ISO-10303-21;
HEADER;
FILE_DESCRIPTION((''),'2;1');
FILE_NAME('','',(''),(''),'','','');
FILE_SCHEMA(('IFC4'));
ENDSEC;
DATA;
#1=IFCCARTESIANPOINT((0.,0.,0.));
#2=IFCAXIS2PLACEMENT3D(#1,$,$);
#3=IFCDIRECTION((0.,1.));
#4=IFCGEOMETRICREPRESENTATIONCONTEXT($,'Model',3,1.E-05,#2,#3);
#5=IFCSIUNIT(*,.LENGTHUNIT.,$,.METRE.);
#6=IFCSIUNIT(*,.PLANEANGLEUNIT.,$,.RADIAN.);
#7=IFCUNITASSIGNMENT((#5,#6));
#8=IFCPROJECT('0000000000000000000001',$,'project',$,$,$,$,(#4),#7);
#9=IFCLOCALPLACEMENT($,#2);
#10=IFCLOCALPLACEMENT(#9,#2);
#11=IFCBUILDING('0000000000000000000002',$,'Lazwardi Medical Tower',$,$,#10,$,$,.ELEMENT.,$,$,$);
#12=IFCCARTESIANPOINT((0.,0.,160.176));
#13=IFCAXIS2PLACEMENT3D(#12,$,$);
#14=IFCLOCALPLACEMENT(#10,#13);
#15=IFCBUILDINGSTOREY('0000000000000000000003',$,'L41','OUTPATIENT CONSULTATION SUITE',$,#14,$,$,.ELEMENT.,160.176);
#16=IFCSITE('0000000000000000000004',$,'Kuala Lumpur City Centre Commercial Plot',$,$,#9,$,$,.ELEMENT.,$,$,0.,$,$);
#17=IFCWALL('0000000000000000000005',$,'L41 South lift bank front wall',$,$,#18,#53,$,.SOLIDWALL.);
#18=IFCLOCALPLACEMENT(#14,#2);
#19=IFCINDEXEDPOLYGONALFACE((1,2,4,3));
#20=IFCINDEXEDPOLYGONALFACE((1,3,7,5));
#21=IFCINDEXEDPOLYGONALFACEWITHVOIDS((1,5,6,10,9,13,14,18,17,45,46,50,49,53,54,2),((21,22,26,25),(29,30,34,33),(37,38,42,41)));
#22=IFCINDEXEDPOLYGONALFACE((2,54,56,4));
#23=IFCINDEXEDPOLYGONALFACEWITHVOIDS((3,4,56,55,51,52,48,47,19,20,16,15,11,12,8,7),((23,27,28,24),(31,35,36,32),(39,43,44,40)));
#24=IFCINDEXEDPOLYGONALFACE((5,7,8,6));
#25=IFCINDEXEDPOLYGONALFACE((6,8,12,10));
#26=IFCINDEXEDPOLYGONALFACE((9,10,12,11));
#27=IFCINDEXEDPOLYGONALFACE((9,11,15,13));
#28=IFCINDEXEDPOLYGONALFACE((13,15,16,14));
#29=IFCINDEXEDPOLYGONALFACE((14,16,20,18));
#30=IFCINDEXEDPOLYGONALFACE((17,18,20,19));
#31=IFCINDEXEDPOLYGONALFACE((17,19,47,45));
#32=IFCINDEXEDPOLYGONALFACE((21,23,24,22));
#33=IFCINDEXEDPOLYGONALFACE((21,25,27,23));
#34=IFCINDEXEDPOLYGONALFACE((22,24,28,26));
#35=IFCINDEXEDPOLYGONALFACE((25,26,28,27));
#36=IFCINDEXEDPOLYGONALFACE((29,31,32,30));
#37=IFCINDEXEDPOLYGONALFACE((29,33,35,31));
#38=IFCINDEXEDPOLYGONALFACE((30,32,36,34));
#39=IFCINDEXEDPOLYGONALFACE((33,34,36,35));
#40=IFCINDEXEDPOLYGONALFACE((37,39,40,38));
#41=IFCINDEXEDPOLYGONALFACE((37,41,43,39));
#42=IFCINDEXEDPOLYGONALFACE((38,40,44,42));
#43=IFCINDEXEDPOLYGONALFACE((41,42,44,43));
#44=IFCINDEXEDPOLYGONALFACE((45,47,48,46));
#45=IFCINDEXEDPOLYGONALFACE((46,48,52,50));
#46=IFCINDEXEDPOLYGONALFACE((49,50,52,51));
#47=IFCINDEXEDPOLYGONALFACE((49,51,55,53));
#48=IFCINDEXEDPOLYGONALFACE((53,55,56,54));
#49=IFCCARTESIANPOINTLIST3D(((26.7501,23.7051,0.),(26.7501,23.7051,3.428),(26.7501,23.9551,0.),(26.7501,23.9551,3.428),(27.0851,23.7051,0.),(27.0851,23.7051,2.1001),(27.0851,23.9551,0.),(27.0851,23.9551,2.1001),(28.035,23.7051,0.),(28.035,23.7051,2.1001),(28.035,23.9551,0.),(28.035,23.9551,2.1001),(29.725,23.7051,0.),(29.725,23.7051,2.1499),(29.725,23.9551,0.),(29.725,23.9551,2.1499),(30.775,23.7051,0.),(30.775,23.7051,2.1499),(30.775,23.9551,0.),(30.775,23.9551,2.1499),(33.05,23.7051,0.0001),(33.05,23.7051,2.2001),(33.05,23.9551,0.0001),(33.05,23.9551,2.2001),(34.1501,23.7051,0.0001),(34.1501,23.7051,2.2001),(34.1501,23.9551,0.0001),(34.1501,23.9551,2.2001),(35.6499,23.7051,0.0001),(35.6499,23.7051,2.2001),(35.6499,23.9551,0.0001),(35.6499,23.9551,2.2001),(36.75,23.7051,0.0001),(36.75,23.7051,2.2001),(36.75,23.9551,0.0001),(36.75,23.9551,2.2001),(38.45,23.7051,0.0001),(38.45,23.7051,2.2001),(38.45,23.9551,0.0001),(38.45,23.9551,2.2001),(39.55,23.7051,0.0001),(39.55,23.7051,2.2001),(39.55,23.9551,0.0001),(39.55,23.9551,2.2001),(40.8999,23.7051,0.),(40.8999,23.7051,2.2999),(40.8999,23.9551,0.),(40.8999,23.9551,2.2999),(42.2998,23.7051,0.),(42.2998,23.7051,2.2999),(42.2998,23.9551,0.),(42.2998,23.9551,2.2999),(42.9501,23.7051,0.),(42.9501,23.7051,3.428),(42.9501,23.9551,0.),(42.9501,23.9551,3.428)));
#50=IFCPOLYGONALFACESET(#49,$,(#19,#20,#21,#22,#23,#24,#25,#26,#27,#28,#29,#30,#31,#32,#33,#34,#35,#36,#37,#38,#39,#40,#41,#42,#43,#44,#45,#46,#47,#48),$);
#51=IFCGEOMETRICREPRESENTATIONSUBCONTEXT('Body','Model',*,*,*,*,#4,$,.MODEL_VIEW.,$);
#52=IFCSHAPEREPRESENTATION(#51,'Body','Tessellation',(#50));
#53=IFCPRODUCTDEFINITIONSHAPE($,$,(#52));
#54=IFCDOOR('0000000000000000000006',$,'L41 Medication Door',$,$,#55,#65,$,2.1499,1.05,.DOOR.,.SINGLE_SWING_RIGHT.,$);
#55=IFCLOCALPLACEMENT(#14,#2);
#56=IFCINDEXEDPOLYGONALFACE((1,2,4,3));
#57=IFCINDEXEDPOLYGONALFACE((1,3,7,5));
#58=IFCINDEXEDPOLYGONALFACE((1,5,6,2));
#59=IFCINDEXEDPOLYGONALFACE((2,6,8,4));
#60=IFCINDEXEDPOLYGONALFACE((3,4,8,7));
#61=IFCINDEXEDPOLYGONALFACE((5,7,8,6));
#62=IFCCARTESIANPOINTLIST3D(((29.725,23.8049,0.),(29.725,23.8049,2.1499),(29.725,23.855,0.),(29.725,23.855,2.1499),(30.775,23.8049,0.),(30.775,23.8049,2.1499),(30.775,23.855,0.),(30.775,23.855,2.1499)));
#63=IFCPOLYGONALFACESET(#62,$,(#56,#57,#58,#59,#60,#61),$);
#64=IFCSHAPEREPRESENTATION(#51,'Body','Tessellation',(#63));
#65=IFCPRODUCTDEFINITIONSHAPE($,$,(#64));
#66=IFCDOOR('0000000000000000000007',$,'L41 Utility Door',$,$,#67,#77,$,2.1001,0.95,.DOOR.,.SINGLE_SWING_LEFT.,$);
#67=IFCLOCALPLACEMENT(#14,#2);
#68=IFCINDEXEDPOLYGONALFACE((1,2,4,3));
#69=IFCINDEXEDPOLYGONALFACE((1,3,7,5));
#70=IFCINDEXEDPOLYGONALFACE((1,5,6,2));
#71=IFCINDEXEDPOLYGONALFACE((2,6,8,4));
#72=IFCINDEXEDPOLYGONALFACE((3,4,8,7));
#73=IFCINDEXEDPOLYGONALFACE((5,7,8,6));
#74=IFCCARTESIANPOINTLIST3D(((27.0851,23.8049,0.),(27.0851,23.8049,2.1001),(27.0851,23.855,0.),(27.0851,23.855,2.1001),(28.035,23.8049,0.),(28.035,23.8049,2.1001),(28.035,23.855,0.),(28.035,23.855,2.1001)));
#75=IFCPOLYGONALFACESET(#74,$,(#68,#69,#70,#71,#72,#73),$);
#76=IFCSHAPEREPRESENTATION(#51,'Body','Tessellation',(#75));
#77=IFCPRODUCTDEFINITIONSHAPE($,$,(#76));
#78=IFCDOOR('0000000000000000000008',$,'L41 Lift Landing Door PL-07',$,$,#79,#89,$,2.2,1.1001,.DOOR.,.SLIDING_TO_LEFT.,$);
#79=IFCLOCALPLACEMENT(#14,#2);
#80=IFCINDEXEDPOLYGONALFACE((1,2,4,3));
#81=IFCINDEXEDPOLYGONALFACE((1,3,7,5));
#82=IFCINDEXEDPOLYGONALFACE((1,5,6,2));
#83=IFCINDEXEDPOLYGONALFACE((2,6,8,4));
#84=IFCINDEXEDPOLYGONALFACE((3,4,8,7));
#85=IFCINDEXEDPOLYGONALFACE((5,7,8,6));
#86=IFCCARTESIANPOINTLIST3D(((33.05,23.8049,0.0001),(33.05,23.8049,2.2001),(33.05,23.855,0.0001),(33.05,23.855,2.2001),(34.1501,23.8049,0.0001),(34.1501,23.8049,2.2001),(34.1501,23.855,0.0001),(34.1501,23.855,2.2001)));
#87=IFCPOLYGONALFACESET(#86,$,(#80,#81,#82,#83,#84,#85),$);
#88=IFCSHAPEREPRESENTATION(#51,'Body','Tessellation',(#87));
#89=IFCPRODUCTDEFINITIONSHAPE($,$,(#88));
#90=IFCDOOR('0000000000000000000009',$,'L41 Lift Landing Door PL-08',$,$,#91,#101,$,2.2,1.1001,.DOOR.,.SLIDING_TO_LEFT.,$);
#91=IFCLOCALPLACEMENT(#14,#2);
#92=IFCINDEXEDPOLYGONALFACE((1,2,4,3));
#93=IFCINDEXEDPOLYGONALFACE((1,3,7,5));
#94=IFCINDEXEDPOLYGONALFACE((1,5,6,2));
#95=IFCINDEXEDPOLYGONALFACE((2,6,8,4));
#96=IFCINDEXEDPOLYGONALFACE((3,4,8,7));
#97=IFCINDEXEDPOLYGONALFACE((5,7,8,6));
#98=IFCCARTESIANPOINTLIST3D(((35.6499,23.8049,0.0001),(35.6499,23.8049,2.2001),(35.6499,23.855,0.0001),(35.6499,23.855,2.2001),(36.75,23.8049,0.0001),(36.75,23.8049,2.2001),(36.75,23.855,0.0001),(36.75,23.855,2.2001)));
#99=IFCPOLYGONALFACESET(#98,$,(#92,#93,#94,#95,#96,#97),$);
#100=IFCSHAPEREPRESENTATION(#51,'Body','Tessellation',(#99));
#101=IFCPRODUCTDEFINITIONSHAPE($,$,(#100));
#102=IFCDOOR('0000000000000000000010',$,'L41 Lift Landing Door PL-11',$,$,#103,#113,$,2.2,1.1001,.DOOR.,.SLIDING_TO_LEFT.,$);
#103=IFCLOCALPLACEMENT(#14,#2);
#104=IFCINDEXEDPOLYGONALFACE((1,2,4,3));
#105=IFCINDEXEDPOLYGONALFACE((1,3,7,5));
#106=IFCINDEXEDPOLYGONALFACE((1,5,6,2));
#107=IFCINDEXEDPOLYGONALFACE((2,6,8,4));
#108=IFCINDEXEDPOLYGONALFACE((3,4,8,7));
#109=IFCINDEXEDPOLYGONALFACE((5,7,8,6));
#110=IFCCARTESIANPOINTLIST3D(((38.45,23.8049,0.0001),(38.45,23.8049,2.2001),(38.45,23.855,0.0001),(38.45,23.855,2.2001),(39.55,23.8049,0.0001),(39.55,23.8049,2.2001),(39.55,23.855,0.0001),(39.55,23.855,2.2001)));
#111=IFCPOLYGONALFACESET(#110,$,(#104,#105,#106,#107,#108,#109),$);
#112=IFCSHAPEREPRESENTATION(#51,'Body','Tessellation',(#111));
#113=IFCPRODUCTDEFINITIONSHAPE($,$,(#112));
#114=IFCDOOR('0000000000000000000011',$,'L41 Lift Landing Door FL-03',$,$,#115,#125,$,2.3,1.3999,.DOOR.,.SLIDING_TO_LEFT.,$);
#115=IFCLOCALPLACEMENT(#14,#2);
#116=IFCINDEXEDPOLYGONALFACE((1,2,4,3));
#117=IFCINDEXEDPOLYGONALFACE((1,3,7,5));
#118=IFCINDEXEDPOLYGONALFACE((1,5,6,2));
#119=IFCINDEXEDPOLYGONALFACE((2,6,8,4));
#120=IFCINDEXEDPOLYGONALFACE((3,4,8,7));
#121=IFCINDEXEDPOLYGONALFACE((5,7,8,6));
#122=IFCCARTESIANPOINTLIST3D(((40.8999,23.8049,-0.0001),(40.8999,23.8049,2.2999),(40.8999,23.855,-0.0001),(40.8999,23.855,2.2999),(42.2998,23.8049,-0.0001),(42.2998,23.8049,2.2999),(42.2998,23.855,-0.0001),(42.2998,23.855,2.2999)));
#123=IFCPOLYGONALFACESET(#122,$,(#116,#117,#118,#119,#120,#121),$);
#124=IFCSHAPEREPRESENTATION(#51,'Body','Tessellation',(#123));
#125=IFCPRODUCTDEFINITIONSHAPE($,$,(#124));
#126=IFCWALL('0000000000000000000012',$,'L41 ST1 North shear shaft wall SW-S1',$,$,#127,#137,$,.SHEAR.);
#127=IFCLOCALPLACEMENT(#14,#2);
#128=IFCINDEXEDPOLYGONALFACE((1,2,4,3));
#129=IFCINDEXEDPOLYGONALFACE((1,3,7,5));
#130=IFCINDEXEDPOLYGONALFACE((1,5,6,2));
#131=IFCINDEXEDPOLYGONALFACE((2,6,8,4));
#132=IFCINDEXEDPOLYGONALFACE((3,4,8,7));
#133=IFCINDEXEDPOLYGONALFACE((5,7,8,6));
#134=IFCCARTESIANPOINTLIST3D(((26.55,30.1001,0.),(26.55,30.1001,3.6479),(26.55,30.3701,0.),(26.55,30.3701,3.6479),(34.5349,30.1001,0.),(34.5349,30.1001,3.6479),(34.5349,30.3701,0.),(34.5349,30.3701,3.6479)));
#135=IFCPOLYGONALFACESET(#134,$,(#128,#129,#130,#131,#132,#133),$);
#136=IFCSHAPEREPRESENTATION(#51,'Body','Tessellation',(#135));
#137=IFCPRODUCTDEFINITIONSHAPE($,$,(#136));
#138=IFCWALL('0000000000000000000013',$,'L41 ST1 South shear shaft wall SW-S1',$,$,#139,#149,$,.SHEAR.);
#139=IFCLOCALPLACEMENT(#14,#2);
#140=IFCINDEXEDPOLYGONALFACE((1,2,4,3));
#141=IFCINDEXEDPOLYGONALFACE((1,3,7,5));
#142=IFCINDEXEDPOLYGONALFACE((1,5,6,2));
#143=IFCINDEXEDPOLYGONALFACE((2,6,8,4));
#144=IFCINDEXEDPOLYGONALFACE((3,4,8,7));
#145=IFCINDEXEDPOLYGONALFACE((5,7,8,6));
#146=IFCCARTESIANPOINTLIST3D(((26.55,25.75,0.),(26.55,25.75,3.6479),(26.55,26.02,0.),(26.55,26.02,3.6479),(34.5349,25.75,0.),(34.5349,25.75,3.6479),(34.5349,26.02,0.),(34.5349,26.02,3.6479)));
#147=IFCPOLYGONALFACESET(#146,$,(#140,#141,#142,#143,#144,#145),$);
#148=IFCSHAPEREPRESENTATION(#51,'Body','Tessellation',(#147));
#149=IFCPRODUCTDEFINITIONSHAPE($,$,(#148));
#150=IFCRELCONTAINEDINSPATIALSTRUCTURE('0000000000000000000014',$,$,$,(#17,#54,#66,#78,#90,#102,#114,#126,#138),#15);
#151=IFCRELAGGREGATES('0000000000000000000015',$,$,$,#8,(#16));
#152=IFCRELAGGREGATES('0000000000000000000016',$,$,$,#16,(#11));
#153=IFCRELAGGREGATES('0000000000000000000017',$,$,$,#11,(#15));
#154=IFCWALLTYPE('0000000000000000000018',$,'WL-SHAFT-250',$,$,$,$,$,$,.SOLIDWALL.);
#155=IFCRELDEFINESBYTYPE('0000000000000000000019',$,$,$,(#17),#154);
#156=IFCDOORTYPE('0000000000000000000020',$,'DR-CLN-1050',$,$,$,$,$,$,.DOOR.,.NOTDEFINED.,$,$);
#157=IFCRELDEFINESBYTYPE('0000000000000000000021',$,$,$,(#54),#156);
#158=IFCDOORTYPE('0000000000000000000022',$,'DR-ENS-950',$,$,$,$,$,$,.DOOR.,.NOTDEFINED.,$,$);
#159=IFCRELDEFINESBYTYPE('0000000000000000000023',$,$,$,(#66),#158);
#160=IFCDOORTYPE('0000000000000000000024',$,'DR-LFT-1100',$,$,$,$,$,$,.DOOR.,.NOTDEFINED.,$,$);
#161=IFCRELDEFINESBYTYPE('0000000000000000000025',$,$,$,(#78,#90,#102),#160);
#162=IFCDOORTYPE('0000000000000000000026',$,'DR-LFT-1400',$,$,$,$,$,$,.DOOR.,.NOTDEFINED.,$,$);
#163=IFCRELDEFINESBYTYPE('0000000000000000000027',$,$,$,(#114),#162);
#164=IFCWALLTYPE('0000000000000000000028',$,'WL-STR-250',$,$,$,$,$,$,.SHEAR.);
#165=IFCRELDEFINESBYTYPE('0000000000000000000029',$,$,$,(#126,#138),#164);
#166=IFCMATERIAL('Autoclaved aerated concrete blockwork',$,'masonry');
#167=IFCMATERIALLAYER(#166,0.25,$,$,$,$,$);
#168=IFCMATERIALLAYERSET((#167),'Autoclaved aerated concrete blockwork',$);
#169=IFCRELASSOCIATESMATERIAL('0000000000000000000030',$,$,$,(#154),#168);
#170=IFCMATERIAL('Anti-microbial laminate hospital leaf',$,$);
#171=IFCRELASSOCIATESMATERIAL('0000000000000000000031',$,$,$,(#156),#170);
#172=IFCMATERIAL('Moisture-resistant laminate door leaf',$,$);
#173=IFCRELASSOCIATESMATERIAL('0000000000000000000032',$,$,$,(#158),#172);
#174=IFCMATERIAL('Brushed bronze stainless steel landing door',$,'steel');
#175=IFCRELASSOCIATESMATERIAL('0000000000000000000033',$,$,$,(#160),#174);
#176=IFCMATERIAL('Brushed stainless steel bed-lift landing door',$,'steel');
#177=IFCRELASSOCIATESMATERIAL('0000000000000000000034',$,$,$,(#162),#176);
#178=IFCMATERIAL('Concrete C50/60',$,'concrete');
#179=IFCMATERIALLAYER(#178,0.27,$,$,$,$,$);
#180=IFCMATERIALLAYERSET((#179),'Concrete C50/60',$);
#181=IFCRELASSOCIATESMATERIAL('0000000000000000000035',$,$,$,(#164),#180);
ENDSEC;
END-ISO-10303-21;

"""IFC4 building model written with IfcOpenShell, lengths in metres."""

from ifc_helpers import new_model, si_unit, direction, frame, frame_2d, origin, place, context, subcontext, project, spatial, rectangle, extrude, material, layer, layer_set, type_object, element, fill, save


model = new_model("IFC4")

# Units and contexts
model_context = context("Model", 3, precision=1e-05, world=origin(), true_north=direction((0.0, 1.0)))
body_context = subcontext(model_context, "Body", "Model", "MODEL_VIEW")
ifc_project = project(units=[si_unit("LENGTHUNIT", "METRE"), si_unit("PLANEANGLEUNIT", "RADIAN")], contexts=[model_context])

# Site, building, storey
site_placement = place(None, origin())
site = spatial("IfcSite", under=ifc_project, at=site_placement, Name="Kuala Lumpur City Centre Commercial Plot", CompositionType="ELEMENT", RefElevation=0.0)
building_placement = place(site_placement, origin())
building = spatial("IfcBuilding", under=site, at=building_placement, Name="Lazwardi Medical Tower", CompositionType="ELEMENT")
storey_placement = place(building_placement, frame((0.0, 0.0, 160.176)))
storey = spatial("IfcBuildingStorey", under=building, at=storey_placement, Name="L41", Description="OUTPATIENT CONSULTATION SUITE", CompositionType="ELEMENT", Elevation=160.176)

# Wall, openings, doors
ifc_material_1 = material(Name="Autoclaved aerated concrete blockwork", Category="masonry")
ifc_layer_1 = layer(ifc_material_1, 0.25)
ifc_layer_set_1 = layer_set([ifc_layer_1], Name="Autoclaved aerated concrete blockwork")
wall_type_1 = type_object("IfcWallType", Name="WL-SHAFT-250", PredefinedType="SOLIDWALL", material=ifc_layer_set_1)
wall_placement = place(storey_placement, frame((26.75, 23.8301, 0.0), z_axis=(0.0, 0.0, 1.0), x_axis=(1.0, 0.0, 0.0)))
wall = element("IfcWall", 1, at=wall_placement, inside=storey, type_object=wall_type_1, Name="L41 South lift bank front wall", PredefinedType="SOLIDWALL", context=body_context, shape_type="SweptSolid", body=[
    extrude(rectangle(XDim=16.2, YDim=0.25, at=frame_2d((8.1001, 0.0))), origin(), (0.0, 0.0, 1.0), 3.428),
])
opening_1_placement = place(wall_placement, frame((0.335, 0.0, 0.0)))
opening_1 = element("IfcOpeningElement", 2, at=opening_1_placement, cuts=wall, PredefinedType="OPENING", context=body_context, shape_type="SweptSolid", body=[
    extrude(rectangle(XDim=0.95, YDim=2.1001, at=frame_2d((0.4751, 1.05))), frame((0.0, 0.135, 0.0), z_axis=(0.0, -1.0, 0.0), x_axis=(1.0, 0.0, 0.0)), (0.0, 0.0, 1.0), 0.27),
])
opening_2_placement = place(wall_placement, frame((2.9751, 0.0, 0.0)))
opening_2 = element("IfcOpeningElement", 3, at=opening_2_placement, cuts=wall, PredefinedType="OPENING", context=body_context, shape_type="SweptSolid", body=[
    extrude(rectangle(XDim=1.05, YDim=2.1499, at=frame_2d((0.5249, 1.075))), frame((0.0, 0.135, 0.0), z_axis=(0.0, -1.0, 0.0), x_axis=(1.0, 0.0, 0.0)), (0.0, 0.0, 1.0), 0.27),
])
opening_3_placement = place(wall_placement, frame((6.3, 0.0, 0.0)))
opening_3 = element("IfcOpeningElement", 4, at=opening_3_placement, cuts=wall, PredefinedType="OPENING", context=body_context, shape_type="SweptSolid", body=[
    extrude(rectangle(XDim=1.1001, YDim=2.2, at=frame_2d((0.55, 1.1001))), frame((0.0, 0.135, 0.0), z_axis=(0.0, -1.0, 0.0), x_axis=(1.0, 0.0, 0.0)), (0.0, 0.0, 1.0), 0.27),
])
opening_4_placement = place(wall_placement, frame((8.8999, 0.0, 0.0)))
opening_4 = element("IfcOpeningElement", 5, at=opening_4_placement, cuts=wall, PredefinedType="OPENING", context=body_context, shape_type="SweptSolid", body=[
    extrude(rectangle(XDim=1.1001, YDim=2.2, at=frame_2d((0.55, 1.1001))), frame((0.0, 0.135, 0.0), z_axis=(0.0, -1.0, 0.0), x_axis=(1.0, 0.0, 0.0)), (0.0, 0.0, 1.0), 0.27),
])
opening_5_placement = place(wall_placement, frame((11.7, 0.0, 0.0)))
opening_5 = element("IfcOpeningElement", 6, at=opening_5_placement, cuts=wall, PredefinedType="OPENING", context=body_context, shape_type="SweptSolid", body=[
    extrude(rectangle(XDim=1.1001, YDim=2.2, at=frame_2d((0.55, 1.1001))), frame((0.0, 0.135, 0.0), z_axis=(0.0, -1.0, 0.0), x_axis=(1.0, 0.0, 0.0)), (0.0, 0.0, 1.0), 0.27),
])
opening_6_placement = place(wall_placement, frame((14.1499, 0.0, 0.0)))
opening_6 = element("IfcOpeningElement", 7, at=opening_6_placement, cuts=wall, PredefinedType="OPENING", context=body_context, shape_type="SweptSolid", body=[
    extrude(rectangle(XDim=1.3999, YDim=2.3, at=frame_2d((0.7, 1.1499))), frame((0.0, 0.135, 0.0), z_axis=(0.0, -1.0, 0.0), x_axis=(1.0, 0.0, 0.0)), (0.0, 0.0, 1.0), 0.27),
])
ifc_material_2 = material(Name="Anti-microbial laminate hospital leaf")
door_type_1 = type_object("IfcDoorType", Name="DR-CLN-1050", OperationType="NOTDEFINED", PredefinedType="DOOR", material=ifc_material_2)
door_1_placement = place(opening_2_placement, origin())
door_1 = element("IfcDoor", 8, at=door_1_placement, inside=storey, type_object=door_type_1, Name="L41 Medication Door", OperationType="SINGLE_SWING_RIGHT", OverallHeight=2.1499, OverallWidth=1.05, PredefinedType="DOOR", context=body_context, shape_type="SweptSolid", body=[
    extrude(rectangle(XDim=1.05, YDim=2.1499, at=frame_2d((0.5249, 1.075))), frame((0.0, 0.0249, 0.0), z_axis=(0.0, -1.0, 0.0), x_axis=(1.0, 0.0, 0.0)), (0.0, 0.0, 1.0), 0.05),
])
fill(opening_2, door_1)
ifc_material_3 = material(Name="Moisture-resistant laminate door leaf")
door_type_2 = type_object("IfcDoorType", Name="DR-ENS-950", OperationType="NOTDEFINED", PredefinedType="DOOR", material=ifc_material_3)
door_2_placement = place(opening_1_placement, origin())
door_2 = element("IfcDoor", 9, at=door_2_placement, inside=storey, type_object=door_type_2, Name="L41 Utility Door", OperationType="SINGLE_SWING_LEFT", OverallHeight=2.1001, OverallWidth=0.95, PredefinedType="DOOR", context=body_context, shape_type="SweptSolid", body=[
    extrude(rectangle(XDim=0.95, YDim=2.1001, at=frame_2d((0.4751, 1.05))), frame((0.0, 0.0249, 0.0), z_axis=(0.0, -1.0, 0.0), x_axis=(1.0, 0.0, 0.0)), (0.0, 0.0, 1.0), 0.05),
])
fill(opening_1, door_2)
ifc_material_4 = material(Name="Brushed bronze stainless steel landing door", Category="steel")
door_type_3 = type_object("IfcDoorType", Name="DR-LFT-1100", OperationType="NOTDEFINED", PredefinedType="DOOR", material=ifc_material_4)
door_3_placement = place(opening_3_placement, origin())
door_3 = element("IfcDoor", 10, at=door_3_placement, inside=storey, type_object=door_type_3, Name="L41 Lift Landing Door PL-07", OperationType="SLIDING_TO_LEFT", OverallHeight=2.2, OverallWidth=1.1001, PredefinedType="DOOR", context=body_context, shape_type="SweptSolid", body=[
    extrude(rectangle(XDim=1.1001, YDim=2.2, at=frame_2d((0.55, 1.1001))), frame((0.0, 0.0249, 0.0), z_axis=(0.0, -1.0, 0.0), x_axis=(1.0, 0.0, 0.0)), (0.0, 0.0, 1.0), 0.05),
])
fill(opening_3, door_3)
door_4_placement = place(opening_4_placement, origin())
door_4 = element("IfcDoor", 11, at=door_4_placement, inside=storey, type_object=door_type_3, Name="L41 Lift Landing Door PL-08", OperationType="SLIDING_TO_LEFT", OverallHeight=2.2, OverallWidth=1.1001, PredefinedType="DOOR", context=body_context, shape_type="SweptSolid", body=[
    extrude(rectangle(XDim=1.1001, YDim=2.2, at=frame_2d((0.55, 1.1001))), frame((0.0, 0.0249, 0.0), z_axis=(0.0, -1.0, 0.0), x_axis=(1.0, 0.0, 0.0)), (0.0, 0.0, 1.0), 0.05),
])
fill(opening_4, door_4)
door_5_placement = place(opening_5_placement, origin())
door_5 = element("IfcDoor", 12, at=door_5_placement, inside=storey, type_object=door_type_3, Name="L41 Lift Landing Door PL-11", OperationType="SLIDING_TO_LEFT", OverallHeight=2.2, OverallWidth=1.1001, PredefinedType="DOOR", context=body_context, shape_type="SweptSolid", body=[
    extrude(rectangle(XDim=1.1001, YDim=2.2, at=frame_2d((0.55, 1.1001))), frame((0.0, 0.0249, 0.0), z_axis=(0.0, -1.0, 0.0), x_axis=(1.0, 0.0, 0.0)), (0.0, 0.0, 1.0), 0.05),
])
fill(opening_5, door_5)
ifc_material_5 = material(Name="Brushed stainless steel bed-lift landing door", Category="steel")
door_type_4 = type_object("IfcDoorType", Name="DR-LFT-1400", OperationType="NOTDEFINED", PredefinedType="DOOR", material=ifc_material_5)
door_6_placement = place(opening_6_placement, origin())
door_6 = element("IfcDoor", 13, at=door_6_placement, inside=storey, type_object=door_type_4, Name="L41 Lift Landing Door FL-03", OperationType="SLIDING_TO_LEFT", OverallHeight=2.3, OverallWidth=1.3999, PredefinedType="DOOR", context=body_context, shape_type="SweptSolid", body=[
    extrude(rectangle(XDim=1.3999, YDim=2.3, at=frame_2d((0.7, 1.1499))), frame((0.0, 0.0249, 0.0), z_axis=(0.0, -1.0, 0.0), x_axis=(1.0, 0.0, 0.0)), (0.0, 0.0, 1.0), 0.05),
])
fill(opening_6, door_6)

# Walls
ifc_material_6 = material(Name="Concrete C50/60", Category="concrete")
ifc_layer_2 = layer(ifc_material_6, 0.27)
ifc_layer_set_2 = layer_set([ifc_layer_2], Name="Concrete C50/60")
wall_type_2 = type_object("IfcWallType", Name="WL-STR-250", PredefinedType="SHEAR", material=ifc_layer_set_2)
for number, where, z_axis, x_axis, name in (
    (14, (26.55, 30.2351, 0.0), (0.0, 0.0, 1.0), (1.0, 0.0, 0.0), "L41 ST1 North shear shaft wall SW-S1"),
    (15, (26.55, 25.885, 0.0), (0.0, 0.0, 1.0), (1.0, 0.0, 0.0), "L41 ST1 South shear shaft wall SW-S1"),
):
    element("IfcWall", number, at=place(storey_placement, frame(where, z_axis=z_axis, x_axis=x_axis)), inside=storey, type_object=wall_type_2, Name=name, PredefinedType="SHEAR", context=body_context, shape_type="SweptSolid", body=[
        extrude(rectangle(XDim=7.9849, YDim=0.27, at=frame_2d((3.9924, 0.0))), origin(), (0.0, 0.0, 1.0), 3.6479),
    ])

save(model, "model.ifc")
